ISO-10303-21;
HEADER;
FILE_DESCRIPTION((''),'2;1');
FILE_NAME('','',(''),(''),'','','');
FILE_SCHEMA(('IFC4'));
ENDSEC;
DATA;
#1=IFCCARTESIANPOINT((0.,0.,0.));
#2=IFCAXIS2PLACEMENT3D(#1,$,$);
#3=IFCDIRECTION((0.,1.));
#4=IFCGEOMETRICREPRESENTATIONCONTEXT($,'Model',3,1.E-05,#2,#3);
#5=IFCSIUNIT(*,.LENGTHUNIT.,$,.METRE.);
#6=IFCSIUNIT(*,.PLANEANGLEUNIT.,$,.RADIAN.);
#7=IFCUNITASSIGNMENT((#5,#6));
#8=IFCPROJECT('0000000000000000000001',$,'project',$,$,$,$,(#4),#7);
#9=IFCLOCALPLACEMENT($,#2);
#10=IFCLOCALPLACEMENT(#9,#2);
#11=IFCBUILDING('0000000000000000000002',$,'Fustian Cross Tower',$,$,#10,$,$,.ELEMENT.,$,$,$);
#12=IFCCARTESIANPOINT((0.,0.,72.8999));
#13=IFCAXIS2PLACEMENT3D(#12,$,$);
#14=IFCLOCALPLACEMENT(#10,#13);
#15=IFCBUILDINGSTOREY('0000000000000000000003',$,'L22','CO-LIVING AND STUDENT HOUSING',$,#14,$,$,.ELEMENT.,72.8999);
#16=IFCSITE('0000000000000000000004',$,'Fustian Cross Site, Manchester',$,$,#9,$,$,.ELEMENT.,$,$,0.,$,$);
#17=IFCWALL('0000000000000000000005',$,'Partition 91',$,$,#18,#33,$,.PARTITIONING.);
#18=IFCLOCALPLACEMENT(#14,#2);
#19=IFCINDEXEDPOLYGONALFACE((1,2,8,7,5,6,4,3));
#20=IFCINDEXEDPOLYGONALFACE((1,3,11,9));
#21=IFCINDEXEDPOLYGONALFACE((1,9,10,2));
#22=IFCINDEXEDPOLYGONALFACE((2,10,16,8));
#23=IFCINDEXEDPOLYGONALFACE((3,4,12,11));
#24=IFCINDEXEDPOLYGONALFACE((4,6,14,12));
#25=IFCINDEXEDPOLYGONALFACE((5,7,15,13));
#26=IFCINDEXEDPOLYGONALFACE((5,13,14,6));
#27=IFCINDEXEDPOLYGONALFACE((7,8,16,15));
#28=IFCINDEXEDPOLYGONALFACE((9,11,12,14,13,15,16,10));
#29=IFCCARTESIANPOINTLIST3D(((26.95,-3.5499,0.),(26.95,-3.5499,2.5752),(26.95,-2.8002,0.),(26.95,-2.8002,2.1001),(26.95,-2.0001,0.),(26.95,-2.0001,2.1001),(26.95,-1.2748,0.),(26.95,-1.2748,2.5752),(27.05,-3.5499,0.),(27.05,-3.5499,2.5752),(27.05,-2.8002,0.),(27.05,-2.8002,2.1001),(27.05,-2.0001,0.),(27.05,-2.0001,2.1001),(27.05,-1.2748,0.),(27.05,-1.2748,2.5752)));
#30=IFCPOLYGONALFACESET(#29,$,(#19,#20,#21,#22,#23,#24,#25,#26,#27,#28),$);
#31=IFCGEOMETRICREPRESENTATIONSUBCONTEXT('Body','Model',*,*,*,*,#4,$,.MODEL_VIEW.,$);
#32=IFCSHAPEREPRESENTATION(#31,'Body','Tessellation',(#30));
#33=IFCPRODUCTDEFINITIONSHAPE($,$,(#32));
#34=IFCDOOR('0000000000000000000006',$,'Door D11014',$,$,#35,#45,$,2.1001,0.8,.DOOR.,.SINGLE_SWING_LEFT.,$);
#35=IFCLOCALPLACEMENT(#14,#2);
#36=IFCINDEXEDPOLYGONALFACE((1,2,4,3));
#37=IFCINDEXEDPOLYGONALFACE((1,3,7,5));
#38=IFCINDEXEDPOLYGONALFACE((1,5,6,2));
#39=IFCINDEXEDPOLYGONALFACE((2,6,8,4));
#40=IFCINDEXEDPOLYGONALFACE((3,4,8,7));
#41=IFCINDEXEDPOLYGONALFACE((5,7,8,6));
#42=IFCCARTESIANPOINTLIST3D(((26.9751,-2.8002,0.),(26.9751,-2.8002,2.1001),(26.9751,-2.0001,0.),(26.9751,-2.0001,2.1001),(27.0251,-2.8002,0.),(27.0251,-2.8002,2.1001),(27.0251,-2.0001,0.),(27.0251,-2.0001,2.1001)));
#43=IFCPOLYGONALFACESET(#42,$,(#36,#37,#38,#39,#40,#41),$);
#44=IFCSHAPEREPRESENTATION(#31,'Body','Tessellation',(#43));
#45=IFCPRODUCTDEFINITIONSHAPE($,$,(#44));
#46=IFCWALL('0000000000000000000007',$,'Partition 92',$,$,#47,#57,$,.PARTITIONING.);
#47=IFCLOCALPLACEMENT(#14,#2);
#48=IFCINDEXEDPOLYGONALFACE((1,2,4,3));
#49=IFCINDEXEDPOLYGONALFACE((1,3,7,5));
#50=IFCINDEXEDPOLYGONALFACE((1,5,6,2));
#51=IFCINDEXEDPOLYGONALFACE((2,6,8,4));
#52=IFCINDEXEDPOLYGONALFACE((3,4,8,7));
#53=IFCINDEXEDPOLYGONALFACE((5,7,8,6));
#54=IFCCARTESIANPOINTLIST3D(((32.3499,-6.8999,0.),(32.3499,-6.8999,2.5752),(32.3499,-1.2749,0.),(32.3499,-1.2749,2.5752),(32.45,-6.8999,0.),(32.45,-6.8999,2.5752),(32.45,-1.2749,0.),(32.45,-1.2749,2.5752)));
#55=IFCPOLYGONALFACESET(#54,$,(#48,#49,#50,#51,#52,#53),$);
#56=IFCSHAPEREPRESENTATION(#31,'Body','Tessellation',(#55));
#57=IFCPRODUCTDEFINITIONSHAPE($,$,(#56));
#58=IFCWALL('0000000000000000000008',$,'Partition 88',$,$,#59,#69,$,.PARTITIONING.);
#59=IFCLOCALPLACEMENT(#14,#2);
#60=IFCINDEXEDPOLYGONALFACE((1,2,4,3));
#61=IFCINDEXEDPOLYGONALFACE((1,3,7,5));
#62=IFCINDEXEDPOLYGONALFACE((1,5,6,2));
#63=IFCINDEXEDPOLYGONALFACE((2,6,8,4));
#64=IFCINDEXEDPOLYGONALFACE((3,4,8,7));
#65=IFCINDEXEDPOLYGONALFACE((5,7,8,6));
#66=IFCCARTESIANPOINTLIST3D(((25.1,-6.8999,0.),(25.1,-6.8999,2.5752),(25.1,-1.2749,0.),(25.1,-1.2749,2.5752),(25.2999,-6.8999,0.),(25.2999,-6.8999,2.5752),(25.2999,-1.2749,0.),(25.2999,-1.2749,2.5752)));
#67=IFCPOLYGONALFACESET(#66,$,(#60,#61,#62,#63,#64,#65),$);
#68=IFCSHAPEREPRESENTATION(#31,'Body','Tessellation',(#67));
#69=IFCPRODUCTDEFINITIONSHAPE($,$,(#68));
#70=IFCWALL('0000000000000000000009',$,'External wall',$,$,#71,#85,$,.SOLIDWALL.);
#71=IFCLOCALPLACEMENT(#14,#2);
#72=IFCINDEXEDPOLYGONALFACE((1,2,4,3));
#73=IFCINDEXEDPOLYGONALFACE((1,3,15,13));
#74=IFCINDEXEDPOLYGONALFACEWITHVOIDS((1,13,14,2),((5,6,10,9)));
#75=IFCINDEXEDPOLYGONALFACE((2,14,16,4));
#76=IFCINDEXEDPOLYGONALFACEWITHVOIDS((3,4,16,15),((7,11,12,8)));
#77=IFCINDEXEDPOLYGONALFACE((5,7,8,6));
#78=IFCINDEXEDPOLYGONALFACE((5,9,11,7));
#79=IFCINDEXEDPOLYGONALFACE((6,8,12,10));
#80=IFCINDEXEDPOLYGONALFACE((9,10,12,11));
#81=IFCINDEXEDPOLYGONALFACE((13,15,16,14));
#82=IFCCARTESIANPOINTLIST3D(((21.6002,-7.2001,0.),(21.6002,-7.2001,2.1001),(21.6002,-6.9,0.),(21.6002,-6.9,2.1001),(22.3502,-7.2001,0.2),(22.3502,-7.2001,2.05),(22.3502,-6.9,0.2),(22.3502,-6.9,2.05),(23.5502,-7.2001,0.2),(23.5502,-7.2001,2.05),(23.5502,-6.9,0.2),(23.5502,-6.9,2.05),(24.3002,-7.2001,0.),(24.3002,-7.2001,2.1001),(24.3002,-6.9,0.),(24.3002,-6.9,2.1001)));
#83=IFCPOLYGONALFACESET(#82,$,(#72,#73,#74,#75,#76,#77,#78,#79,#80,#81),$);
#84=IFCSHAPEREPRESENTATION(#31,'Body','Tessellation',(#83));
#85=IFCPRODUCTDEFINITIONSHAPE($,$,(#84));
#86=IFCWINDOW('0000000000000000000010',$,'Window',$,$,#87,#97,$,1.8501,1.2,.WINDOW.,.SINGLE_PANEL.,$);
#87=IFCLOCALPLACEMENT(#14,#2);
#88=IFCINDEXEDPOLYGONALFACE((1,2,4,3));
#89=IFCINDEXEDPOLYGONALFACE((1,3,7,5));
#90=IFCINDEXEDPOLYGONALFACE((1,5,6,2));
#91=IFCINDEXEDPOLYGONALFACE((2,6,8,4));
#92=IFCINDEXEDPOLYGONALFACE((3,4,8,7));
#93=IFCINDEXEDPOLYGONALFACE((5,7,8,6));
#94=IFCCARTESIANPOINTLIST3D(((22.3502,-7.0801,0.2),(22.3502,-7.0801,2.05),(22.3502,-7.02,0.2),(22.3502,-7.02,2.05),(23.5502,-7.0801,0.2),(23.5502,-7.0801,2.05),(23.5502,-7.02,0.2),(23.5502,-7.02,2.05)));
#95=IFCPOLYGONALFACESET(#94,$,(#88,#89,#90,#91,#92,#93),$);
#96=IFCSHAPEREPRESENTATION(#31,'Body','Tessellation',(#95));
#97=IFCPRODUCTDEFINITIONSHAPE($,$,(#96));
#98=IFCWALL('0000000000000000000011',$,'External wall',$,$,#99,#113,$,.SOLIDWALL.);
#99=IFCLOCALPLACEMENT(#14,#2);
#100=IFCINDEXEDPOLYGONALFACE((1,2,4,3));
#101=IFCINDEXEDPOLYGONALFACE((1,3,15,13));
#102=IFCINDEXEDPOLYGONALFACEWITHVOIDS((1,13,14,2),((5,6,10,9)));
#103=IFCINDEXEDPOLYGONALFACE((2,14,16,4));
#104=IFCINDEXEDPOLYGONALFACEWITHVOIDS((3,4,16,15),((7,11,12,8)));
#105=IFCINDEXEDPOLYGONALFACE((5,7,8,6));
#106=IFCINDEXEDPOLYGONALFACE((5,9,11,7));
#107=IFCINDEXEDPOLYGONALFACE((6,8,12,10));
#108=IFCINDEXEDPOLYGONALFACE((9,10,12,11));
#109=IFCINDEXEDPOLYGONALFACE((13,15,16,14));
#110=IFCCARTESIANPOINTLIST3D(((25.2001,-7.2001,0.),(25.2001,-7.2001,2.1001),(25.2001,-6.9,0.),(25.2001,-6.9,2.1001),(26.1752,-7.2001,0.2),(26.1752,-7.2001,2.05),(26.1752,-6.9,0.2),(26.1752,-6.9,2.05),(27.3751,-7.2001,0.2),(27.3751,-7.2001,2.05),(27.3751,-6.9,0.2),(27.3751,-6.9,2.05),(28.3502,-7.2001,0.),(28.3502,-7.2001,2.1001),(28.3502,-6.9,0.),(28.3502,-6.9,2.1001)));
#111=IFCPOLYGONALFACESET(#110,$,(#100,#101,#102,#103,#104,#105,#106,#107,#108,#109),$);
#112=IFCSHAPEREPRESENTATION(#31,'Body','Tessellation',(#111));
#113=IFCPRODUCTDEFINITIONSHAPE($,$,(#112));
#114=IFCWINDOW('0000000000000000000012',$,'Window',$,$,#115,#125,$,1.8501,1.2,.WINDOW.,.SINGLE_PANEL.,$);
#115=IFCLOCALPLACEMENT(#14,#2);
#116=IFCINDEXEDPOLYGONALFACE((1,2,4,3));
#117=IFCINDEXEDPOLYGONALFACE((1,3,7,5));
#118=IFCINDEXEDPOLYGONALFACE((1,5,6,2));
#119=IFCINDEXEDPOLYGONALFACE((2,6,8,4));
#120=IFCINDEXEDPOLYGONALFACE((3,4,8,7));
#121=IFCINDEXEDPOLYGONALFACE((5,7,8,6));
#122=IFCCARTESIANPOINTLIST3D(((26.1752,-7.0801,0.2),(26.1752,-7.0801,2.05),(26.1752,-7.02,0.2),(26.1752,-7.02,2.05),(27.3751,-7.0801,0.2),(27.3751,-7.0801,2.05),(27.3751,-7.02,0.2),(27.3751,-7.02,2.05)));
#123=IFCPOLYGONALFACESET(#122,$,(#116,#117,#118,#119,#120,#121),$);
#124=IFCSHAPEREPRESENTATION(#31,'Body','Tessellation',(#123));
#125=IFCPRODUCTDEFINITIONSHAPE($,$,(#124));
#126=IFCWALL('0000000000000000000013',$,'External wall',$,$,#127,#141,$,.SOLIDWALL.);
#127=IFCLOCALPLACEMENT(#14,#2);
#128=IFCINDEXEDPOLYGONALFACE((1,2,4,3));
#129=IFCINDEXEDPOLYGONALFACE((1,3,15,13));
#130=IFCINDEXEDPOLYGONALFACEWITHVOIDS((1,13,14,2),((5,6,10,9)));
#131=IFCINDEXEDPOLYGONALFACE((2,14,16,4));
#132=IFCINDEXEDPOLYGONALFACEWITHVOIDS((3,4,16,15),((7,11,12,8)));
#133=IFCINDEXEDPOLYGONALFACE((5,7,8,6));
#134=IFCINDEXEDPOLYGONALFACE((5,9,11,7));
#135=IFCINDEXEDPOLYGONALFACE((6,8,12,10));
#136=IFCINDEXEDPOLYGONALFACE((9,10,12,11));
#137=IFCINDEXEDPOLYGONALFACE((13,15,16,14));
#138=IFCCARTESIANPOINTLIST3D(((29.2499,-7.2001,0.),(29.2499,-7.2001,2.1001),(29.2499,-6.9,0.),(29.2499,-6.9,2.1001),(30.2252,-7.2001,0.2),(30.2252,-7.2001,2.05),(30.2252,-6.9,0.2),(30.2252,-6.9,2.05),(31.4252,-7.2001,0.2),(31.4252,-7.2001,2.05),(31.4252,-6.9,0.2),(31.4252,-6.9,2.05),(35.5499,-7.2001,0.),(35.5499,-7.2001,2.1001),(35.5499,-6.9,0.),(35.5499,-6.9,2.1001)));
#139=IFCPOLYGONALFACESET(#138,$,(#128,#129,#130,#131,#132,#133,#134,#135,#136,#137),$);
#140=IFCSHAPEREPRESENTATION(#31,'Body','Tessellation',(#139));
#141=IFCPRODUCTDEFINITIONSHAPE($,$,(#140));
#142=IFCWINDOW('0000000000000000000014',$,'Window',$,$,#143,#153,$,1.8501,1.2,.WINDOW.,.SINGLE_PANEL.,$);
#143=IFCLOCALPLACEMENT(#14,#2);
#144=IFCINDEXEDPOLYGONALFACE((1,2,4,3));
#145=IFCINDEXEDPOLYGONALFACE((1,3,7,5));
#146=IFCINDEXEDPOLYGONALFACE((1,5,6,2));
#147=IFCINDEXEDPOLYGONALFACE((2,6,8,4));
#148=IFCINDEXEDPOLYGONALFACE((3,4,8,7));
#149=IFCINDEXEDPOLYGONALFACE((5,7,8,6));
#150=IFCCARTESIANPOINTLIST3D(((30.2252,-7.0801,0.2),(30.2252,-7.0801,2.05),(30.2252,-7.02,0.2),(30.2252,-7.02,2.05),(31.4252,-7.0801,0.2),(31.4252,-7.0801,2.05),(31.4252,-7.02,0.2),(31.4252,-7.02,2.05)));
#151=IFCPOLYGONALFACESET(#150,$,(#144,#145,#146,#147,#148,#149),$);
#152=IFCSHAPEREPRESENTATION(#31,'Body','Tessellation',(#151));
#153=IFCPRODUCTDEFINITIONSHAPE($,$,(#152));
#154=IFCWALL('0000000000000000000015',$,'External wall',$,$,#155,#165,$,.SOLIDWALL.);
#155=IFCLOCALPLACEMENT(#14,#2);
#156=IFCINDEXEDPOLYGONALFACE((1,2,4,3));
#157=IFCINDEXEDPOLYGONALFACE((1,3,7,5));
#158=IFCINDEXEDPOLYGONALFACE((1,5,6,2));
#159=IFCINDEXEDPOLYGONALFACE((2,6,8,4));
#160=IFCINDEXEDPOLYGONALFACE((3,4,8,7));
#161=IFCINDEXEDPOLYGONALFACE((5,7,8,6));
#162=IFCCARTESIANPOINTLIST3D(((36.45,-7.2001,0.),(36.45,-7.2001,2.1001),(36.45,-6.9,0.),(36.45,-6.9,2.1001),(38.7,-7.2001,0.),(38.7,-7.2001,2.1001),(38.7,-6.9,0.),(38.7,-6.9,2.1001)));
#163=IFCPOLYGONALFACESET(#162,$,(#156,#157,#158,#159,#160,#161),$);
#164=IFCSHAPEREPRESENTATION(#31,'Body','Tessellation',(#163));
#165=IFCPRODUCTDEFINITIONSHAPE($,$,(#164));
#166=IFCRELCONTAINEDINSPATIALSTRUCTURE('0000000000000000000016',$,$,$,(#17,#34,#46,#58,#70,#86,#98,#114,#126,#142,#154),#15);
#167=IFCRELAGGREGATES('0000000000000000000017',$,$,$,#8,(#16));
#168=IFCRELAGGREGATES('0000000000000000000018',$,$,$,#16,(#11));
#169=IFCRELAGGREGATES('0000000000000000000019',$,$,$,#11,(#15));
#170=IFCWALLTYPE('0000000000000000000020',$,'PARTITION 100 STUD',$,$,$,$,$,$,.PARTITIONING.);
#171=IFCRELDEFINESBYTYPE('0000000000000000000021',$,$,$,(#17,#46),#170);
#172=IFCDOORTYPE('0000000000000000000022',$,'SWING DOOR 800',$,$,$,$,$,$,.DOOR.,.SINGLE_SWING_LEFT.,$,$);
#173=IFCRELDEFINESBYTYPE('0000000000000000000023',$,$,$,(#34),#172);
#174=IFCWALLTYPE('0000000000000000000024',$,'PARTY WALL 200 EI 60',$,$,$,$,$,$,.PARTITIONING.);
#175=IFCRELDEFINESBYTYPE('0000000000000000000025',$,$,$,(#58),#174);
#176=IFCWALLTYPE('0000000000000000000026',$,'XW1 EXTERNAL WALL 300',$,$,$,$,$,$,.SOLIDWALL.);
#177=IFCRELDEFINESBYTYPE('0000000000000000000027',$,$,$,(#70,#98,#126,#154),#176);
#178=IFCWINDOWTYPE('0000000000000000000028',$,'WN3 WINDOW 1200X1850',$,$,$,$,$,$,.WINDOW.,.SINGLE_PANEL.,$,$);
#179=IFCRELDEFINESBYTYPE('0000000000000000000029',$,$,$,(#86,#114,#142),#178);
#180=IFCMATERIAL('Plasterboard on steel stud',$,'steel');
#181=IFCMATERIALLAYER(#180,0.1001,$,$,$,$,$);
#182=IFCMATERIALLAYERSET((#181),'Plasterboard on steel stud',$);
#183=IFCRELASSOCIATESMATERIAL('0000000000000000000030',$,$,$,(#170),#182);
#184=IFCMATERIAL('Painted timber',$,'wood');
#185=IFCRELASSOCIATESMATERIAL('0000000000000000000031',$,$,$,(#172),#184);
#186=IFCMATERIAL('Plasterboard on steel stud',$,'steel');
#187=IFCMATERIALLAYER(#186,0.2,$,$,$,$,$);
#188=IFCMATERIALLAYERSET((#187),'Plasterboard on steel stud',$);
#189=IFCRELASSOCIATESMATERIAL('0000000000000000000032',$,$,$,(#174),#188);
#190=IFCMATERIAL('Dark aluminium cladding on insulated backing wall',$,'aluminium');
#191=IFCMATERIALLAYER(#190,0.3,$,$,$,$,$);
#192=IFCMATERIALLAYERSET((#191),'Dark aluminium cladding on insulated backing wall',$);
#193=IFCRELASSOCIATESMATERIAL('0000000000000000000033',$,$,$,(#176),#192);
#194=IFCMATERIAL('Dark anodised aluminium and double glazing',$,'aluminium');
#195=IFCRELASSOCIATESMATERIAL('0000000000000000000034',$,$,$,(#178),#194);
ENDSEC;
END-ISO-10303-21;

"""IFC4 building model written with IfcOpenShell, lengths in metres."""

from ifc_helpers import new_model, si_unit, direction, frame, frame_2d, origin, place, context, subcontext, project, spatial, rectangle, extrude, material, layer, layer_set, type_object, element, fill, save


model = new_model("IFC4")

# Units and contexts
model_context = context("Model", 3, precision=1e-05, world=origin(), true_north=direction((0.0, 1.0)))
body_context = subcontext(model_context, "Body", "Model", "MODEL_VIEW")
ifc_project = project(units=[si_unit("LENGTHUNIT", "METRE"), si_unit("PLANEANGLEUNIT", "RADIAN")], contexts=[model_context])

# Site, building, storey
site_placement = place(None, origin())
site = spatial("IfcSite", under=ifc_project, at=site_placement, Name="Fustian Cross Site, Manchester", CompositionType="ELEMENT", RefElevation=0.0)
building_placement = place(site_placement, origin())
building = spatial("IfcBuilding", under=site, at=building_placement, Name="Fustian Cross Tower", CompositionType="ELEMENT")
storey_placement = place(building_placement, frame((0.0, 0.0, 72.8999)))
storey = spatial("IfcBuildingStorey", under=building, at=storey_placement, Name="L22", Description="CO-LIVING AND STUDENT HOUSING", CompositionType="ELEMENT", Elevation=72.8999)

# Shared definitions
ifc_material_1 = material(Name="Plasterboard on steel stud", Category="steel")
ifc_layer_1 = layer(ifc_material_1, 0.1001)
ifc_layer_set_1 = layer_set([ifc_layer_1], Name="Plasterboard on steel stud")
wall_type_1 = type_object("IfcWallType", Name="PARTITION 100 STUD", PredefinedType="PARTITIONING", material=ifc_layer_set_1)

# Shared definitions
ifc_material_2 = material(Name="Painted timber", Category="wood")
door_type = type_object("IfcDoorType", Name="SWING DOOR 800", OperationType="SINGLE_SWING_LEFT", PredefinedType="DOOR", material=ifc_material_2)

# Wall, opening, door
wall_1_placement = place(storey_placement, frame((27.0, -3.55, 0.0), z_axis=(0.0, 0.0, 1.0), x_axis=(0.0, 1.0, 0.0)))
wall_1 = element("IfcWall", 1, at=wall_1_placement, inside=storey, type_object=wall_type_1, Name="Partition 91", PredefinedType="PARTITIONING", context=body_context, shape_type="SweptSolid", body=[
    extrude(rectangle(XDim=2.2751, YDim=0.1001, at=frame_2d((1.1377, 0.0))), origin(), (0.0, 0.0, 1.0), 2.5752),
])
opening_1_placement = place(wall_1_placement, frame((0.75, 0.0, 0.0)))
opening_1 = element("IfcOpeningElement", 2, at=opening_1_placement, cuts=wall_1, PredefinedType="OPENING", context=body_context, shape_type="SweptSolid", body=[
    extrude(rectangle(XDim=0.8, YDim=2.1001, at=frame_2d((0.3999, 1.05))), frame((0.0, 0.0601, 0.0), z_axis=(0.0, -1.0, 0.0), x_axis=(1.0, 0.0, 0.0)), (0.0, 0.0, 1.0), 0.1201),
])
door_1_placement = place(opening_1_placement, origin())
door_1 = element("IfcDoor", 3, at=door_1_placement, inside=storey, type_object=door_type, Name="Door D11014", OperationType="SINGLE_SWING_LEFT", OverallHeight=2.1001, OverallWidth=0.8, PredefinedType="DOOR", context=body_context, shape_type="SweptSolid", body=[
    extrude(rectangle(XDim=0.8, YDim=2.1001, at=frame_2d((0.3999, 1.05))), frame((0.0, 0.0249, 0.0), z_axis=(0.0, -1.0, 0.0), x_axis=(1.0, 0.0, 0.0)), (0.0, 0.0, 1.0), 0.05),
])
fill(opening_1, door_1)

# Walls
wall_2_placement = place(storey_placement, frame((32.3999, -6.8999, 0.0), z_axis=(0.0, 0.0, 1.0), x_axis=(0.0, 1.0, 0.0)))
element("IfcWall", 4, at=wall_2_placement, inside=storey, type_object=wall_type_1, Name="Partition 92", PredefinedType="PARTITIONING", context=body_context, shape_type="SweptSolid", body=[
    extrude(rectangle(XDim=5.625, YDim=0.1001, at=frame_2d((2.8125, 0.0))), origin(), (0.0, 0.0, 1.0), 2.5752),
])
ifc_material_3 = material(Name="Plasterboard on steel stud", Category="steel")
ifc_layer_2 = layer(ifc_material_3, 0.2)
ifc_layer_set_2 = layer_set([ifc_layer_2], Name="Plasterboard on steel stud")
wall_type_2 = type_object("IfcWallType", Name="PARTY WALL 200 EI 60", PredefinedType="PARTITIONING", material=ifc_layer_set_2)
wall_3_placement = place(storey_placement, frame((25.2, -6.8999, 0.0), z_axis=(0.0, 0.0, 1.0), x_axis=(0.0, 1.0, 0.0)))
element("IfcWall", 5, at=wall_3_placement, inside=storey, type_object=wall_type_2, Name="Partition 88", PredefinedType="PARTITIONING", context=body_context, shape_type="SweptSolid", body=[
    extrude(rectangle(XDim=5.625, YDim=0.2, at=frame_2d((2.8125, 0.0))), origin(), (0.0, 0.0, 1.0), 2.5752),
])

# Walls, openings, windows
ifc_material_4 = material(Name="Dark aluminium cladding on insulated backing wall", Category="aluminium")
ifc_layer_3 = layer(ifc_material_4, 0.3)
ifc_layer_set_3 = layer_set([ifc_layer_3], Name="Dark aluminium cladding on insulated backing wall")
wall_type_3 = type_object("IfcWallType", Name="XW1 EXTERNAL WALL 300", PredefinedType="SOLIDWALL", material=ifc_layer_set_3)
wall_4_placement = place(storey_placement, frame((21.6001, -7.05, 0.0), z_axis=(0.0, 0.0, 1.0), x_axis=(1.0, 0.0, 0.0)))
wall_4 = element("IfcWall", 6, at=wall_4_placement, inside=storey, type_object=wall_type_3, Name="External wall", PredefinedType="SOLIDWALL", context=body_context, shape_type="SweptSolid", body=[
    extrude(rectangle(XDim=2.7, YDim=0.3, at=frame_2d((1.3501, 0.0))), origin(), (0.0, 0.0, 1.0), 2.1001),
])
opening_2_placement = place(wall_4_placement, frame((0.75, 0.0, 0.2)))
opening_2 = element("IfcOpeningElement", 7, at=opening_2_placement, cuts=wall_4, PredefinedType="OPENING", context=body_context, shape_type="SweptSolid", body=[
    extrude(rectangle(XDim=1.2, YDim=1.8501, at=frame_2d((0.6001, 0.925))), frame((0.0, 0.1599, 0.0), z_axis=(0.0, -1.0, 0.0), x_axis=(1.0, 0.0, 0.0)), (0.0, 0.0, 1.0), 0.3201),
])
ifc_material_5 = material(Name="Dark anodised aluminium and double glazing", Category="aluminium")
window_type = type_object("IfcWindowType", Name="WN3 WINDOW 1200X1850", PartitioningType="SINGLE_PANEL", PredefinedType="WINDOW", material=ifc_material_5)
window_1_placement = place(opening_2_placement, origin())
window_1 = element("IfcWindow", 8, at=window_1_placement, inside=storey, type_object=window_type, Name="Window", OverallHeight=1.8501, OverallWidth=1.2, PartitioningType="SINGLE_PANEL", PredefinedType="WINDOW", context=body_context, shape_type="SweptSolid", body=[
    extrude(rectangle(XDim=1.2, YDim=1.8501, at=frame_2d((0.6001, 0.925))), frame((0.0, 0.03, 0.0), z_axis=(0.0, -1.0, 0.0), x_axis=(1.0, 0.0, 0.0)), (0.0, 0.0, 1.0), 0.0601),
])
fill(opening_2, window_1)
wall_5_placement = place(storey_placement, frame((25.2, -7.05, 0.0), z_axis=(0.0, 0.0, 1.0), x_axis=(1.0, 0.0, 0.0)))
wall_5 = element("IfcWall", 9, at=wall_5_placement, inside=storey, type_object=wall_type_3, Name="External wall", PredefinedType="SOLIDWALL", context=body_context, shape_type="SweptSolid", body=[
    extrude(rectangle(XDim=3.1501, YDim=0.3, at=frame_2d((1.5752, 0.0))), origin(), (0.0, 0.0, 1.0), 2.1001),
])
opening_3_placement = place(wall_5_placement, frame((0.9751, 0.0, 0.2)))
opening_3 = element("IfcOpeningElement", 10, at=opening_3_placement, cuts=wall_5, PredefinedType="OPENING", context=body_context, shape_type="SweptSolid", body=[
    extrude(rectangle(XDim=1.2, YDim=1.8501, at=frame_2d((0.6001, 0.925))), frame((0.0, 0.1599, 0.0), z_axis=(0.0, -1.0, 0.0), x_axis=(1.0, 0.0, 0.0)), (0.0, 0.0, 1.0), 0.3201),
])
window_2_placement = place(opening_3_placement, origin())
window_2 = element("IfcWindow", 11, at=window_2_placement, inside=storey, type_object=window_type, Name="Window", OverallHeight=1.8501, OverallWidth=1.2, PartitioningType="SINGLE_PANEL", PredefinedType="WINDOW", context=body_context, shape_type="SweptSolid", body=[
    extrude(rectangle(XDim=1.2, YDim=1.8501, at=frame_2d((0.6001, 0.925))), frame((0.0, 0.03, 0.0), z_axis=(0.0, -1.0, 0.0), x_axis=(1.0, 0.0, 0.0)), (0.0, 0.0, 1.0), 0.0601),
])
fill(opening_3, window_2)
wall_6_placement = place(storey_placement, frame((29.25, -7.05, 0.0), z_axis=(0.0, 0.0, 1.0), x_axis=(1.0, 0.0, 0.0)))
wall_6 = element("IfcWall", 12, at=wall_6_placement, inside=storey, type_object=wall_type_3, Name="External wall", PredefinedType="SOLIDWALL", context=body_context, shape_type="SweptSolid", body=[
    extrude(rectangle(XDim=6.3, YDim=0.3, at=frame_2d((3.1499, 0.0))), origin(), (0.0, 0.0, 1.0), 2.1001),
])
opening_4_placement = place(wall_6_placement, frame((0.9751, 0.0, 0.2)))
opening_4 = element("IfcOpeningElement", 13, at=opening_4_placement, cuts=wall_6, PredefinedType="OPENING", context=body_context, shape_type="SweptSolid", body=[
    extrude(rectangle(XDim=1.2, YDim=1.8501, at=frame_2d((0.6001, 0.925))), frame((0.0, 0.1599, 0.0), z_axis=(0.0, -1.0, 0.0), x_axis=(1.0, 0.0, 0.0)), (0.0, 0.0, 1.0), 0.3201),
])
window_3_placement = place(opening_4_placement, origin())
window_3 = element("IfcWindow", 14, at=window_3_placement, inside=storey, type_object=window_type, Name="Window", OverallHeight=1.8501, OverallWidth=1.2, PartitioningType="SINGLE_PANEL", PredefinedType="WINDOW", context=body_context, shape_type="SweptSolid", body=[
    extrude(rectangle(XDim=1.2, YDim=1.8501, at=frame_2d((0.6001, 0.925))), frame((0.0, 0.03, 0.0), z_axis=(0.0, -1.0, 0.0), x_axis=(1.0, 0.0, 0.0)), (0.0, 0.0, 1.0), 0.0601),
])
fill(opening_4, window_3)

# Wall
wall_7_placement = place(storey_placement, frame((36.45, -7.05, 0.0), z_axis=(0.0, 0.0, 1.0), x_axis=(1.0, 0.0, 0.0)))
element("IfcWall", 15, at=wall_7_placement, inside=storey, type_object=wall_type_3, Name="External wall", PredefinedType="SOLIDWALL", context=body_context, shape_type="SweptSolid", body=[
    extrude(rectangle(XDim=2.25, YDim=0.3, at=frame_2d((1.125, 0.0))), origin(), (0.0, 0.0, 1.0), 2.1001),
])

save(model, "model.ifc")
